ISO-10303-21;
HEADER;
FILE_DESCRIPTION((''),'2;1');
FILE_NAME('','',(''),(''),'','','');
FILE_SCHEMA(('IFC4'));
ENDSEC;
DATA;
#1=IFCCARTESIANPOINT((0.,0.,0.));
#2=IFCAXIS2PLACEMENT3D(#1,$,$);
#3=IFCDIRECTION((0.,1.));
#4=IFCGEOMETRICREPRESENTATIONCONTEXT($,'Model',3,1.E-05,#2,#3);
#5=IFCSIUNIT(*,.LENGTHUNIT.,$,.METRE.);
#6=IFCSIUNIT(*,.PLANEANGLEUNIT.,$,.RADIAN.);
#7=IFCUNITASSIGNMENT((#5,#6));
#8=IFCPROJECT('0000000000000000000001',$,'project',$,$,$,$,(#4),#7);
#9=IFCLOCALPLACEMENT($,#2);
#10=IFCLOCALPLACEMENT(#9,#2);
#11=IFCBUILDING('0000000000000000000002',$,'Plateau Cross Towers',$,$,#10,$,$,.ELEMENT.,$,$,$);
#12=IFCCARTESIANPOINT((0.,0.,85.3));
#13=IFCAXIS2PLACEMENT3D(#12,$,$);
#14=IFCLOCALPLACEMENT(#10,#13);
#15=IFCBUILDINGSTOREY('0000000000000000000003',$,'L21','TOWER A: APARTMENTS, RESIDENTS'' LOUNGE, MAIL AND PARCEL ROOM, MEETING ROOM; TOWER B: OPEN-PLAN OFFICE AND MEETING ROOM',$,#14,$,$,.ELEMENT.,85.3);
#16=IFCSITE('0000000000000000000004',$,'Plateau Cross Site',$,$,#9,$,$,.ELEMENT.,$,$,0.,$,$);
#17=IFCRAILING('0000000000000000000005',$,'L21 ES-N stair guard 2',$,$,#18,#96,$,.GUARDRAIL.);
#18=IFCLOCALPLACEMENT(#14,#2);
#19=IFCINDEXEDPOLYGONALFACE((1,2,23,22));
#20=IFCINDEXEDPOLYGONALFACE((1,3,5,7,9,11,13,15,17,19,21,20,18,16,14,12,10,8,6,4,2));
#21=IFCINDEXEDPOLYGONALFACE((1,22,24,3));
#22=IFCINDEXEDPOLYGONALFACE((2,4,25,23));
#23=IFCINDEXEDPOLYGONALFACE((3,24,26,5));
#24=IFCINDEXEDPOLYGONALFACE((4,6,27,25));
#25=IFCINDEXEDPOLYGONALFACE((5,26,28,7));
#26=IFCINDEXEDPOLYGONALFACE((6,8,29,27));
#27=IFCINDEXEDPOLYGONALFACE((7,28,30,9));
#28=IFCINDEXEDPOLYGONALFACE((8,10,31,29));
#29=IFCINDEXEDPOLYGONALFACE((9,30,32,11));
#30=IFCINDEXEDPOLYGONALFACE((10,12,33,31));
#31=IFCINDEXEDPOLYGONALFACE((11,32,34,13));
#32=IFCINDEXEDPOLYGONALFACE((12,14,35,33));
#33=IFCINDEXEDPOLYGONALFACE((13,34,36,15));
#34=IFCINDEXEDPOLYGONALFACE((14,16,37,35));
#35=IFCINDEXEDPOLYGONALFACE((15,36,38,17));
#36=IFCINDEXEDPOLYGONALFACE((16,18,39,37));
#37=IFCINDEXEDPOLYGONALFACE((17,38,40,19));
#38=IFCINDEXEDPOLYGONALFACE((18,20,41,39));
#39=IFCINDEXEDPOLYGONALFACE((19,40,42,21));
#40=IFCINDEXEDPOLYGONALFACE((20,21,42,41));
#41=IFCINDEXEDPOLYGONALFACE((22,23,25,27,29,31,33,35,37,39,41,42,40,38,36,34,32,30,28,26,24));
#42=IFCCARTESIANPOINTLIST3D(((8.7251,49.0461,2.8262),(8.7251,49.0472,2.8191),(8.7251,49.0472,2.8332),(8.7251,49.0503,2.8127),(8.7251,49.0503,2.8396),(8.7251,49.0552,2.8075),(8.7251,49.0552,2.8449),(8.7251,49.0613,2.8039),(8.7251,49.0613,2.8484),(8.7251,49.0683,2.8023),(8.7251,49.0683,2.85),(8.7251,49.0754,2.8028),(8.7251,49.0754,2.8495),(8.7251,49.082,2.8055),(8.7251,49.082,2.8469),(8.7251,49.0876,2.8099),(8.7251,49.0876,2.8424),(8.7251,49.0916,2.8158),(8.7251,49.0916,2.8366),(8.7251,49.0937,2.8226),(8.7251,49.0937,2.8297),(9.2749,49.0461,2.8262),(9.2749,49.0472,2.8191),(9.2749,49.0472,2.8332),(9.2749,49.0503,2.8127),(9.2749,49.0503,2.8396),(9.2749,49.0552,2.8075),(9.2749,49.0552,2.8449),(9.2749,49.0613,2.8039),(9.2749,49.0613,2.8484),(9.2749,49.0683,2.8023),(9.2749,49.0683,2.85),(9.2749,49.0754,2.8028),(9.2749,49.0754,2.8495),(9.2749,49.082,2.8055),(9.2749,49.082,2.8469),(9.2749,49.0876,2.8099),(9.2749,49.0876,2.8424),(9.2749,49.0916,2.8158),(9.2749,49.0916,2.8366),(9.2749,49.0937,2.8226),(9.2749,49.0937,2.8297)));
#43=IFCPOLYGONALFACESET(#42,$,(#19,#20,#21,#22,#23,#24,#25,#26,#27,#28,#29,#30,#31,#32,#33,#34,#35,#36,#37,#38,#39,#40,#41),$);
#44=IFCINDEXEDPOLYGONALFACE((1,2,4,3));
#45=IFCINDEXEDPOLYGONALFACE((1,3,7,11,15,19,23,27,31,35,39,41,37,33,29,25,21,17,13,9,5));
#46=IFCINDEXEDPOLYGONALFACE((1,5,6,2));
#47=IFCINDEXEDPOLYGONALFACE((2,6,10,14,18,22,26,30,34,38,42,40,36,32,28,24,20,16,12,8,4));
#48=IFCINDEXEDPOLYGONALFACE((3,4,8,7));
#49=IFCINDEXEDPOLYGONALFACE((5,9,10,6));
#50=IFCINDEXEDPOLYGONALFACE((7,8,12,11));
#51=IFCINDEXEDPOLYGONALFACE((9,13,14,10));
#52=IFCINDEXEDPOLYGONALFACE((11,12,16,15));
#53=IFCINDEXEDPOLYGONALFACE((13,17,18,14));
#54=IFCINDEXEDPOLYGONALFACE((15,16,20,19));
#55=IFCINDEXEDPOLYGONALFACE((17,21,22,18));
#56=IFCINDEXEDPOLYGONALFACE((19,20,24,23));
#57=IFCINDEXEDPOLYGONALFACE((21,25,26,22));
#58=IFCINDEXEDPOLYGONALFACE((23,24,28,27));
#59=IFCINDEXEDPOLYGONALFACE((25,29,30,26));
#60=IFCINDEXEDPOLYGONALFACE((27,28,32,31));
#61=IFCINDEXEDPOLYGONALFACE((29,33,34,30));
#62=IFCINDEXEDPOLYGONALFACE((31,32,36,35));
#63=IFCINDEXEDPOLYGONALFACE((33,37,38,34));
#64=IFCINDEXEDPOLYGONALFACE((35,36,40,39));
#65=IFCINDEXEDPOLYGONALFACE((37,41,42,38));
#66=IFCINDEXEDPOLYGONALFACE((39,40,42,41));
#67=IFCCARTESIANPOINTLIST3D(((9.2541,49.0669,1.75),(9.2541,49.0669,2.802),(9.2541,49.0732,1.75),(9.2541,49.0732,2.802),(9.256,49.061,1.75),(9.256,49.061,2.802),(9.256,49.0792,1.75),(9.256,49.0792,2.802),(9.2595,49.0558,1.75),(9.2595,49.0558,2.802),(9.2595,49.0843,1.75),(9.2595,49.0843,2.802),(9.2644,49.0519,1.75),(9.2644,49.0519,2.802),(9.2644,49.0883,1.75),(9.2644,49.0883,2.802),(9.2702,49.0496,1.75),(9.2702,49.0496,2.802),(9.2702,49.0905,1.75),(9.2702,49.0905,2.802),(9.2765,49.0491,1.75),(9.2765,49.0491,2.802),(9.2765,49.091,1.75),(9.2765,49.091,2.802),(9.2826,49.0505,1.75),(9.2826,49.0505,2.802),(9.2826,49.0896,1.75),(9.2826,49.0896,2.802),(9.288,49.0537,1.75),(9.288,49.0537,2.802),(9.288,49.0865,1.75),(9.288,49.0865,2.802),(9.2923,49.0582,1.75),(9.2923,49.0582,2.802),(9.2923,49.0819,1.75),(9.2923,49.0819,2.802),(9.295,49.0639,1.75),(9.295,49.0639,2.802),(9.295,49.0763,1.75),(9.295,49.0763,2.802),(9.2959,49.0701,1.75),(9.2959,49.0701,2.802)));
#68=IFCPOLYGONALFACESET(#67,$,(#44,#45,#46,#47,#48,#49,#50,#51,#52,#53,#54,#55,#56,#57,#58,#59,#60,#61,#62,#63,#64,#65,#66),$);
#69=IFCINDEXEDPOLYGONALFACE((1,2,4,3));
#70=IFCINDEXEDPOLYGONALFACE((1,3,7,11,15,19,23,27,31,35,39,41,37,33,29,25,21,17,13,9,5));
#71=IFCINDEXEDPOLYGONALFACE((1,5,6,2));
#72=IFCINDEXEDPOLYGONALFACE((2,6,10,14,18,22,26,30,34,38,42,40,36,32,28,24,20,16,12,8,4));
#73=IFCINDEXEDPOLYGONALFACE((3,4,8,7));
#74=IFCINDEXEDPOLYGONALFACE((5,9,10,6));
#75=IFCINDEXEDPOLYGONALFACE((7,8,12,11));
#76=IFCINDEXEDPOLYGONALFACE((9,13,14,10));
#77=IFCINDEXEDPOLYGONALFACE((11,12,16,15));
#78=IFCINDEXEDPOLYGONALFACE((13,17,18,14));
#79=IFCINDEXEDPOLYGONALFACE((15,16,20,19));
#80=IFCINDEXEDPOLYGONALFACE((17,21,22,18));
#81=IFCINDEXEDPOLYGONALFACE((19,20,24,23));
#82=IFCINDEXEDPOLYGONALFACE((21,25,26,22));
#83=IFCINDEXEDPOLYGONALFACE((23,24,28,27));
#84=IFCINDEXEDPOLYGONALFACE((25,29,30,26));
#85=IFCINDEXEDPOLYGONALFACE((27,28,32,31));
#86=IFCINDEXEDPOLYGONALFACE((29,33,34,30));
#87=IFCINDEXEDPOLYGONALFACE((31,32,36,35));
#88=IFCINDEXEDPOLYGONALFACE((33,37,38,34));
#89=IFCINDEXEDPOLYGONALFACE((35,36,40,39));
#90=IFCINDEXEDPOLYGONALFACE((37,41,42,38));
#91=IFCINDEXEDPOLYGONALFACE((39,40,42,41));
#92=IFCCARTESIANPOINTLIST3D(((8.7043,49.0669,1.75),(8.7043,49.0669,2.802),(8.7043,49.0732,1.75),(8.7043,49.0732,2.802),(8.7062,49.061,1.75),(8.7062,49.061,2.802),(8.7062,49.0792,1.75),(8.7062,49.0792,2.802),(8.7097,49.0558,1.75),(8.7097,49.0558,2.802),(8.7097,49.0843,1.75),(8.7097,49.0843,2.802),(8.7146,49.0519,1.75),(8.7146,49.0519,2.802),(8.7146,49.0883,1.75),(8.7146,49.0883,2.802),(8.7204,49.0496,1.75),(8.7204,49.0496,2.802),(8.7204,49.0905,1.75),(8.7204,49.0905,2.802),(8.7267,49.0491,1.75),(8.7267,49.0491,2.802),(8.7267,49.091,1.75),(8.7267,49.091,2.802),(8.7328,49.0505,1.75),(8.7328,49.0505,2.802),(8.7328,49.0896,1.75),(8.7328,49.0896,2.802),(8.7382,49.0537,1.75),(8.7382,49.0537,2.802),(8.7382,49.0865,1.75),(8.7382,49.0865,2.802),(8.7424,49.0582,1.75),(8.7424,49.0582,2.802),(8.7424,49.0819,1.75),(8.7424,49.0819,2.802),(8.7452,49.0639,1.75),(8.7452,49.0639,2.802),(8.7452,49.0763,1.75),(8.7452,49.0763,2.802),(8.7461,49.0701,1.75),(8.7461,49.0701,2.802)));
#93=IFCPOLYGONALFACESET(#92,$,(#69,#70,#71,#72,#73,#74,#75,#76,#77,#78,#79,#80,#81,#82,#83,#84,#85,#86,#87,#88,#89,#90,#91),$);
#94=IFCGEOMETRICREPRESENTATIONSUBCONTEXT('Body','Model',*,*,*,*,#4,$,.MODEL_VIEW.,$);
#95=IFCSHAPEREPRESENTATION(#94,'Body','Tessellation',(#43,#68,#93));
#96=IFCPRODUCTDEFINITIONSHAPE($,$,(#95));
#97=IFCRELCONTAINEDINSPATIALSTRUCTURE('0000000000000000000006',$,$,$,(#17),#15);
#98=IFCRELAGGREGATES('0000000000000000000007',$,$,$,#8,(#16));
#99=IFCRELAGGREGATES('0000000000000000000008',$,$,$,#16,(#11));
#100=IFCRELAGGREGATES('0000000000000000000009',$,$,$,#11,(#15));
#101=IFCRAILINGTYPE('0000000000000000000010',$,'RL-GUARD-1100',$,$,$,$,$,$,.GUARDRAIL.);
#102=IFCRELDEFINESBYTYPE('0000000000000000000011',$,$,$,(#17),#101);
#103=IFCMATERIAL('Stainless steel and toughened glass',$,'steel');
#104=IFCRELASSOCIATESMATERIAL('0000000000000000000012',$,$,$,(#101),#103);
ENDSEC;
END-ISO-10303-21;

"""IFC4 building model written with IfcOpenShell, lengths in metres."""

from ifc_helpers import new_model, si_unit, direction, frame, origin, origin_2d, place, context, subcontext, project, spatial, circle, extrude, material, type_object, element, save


model = new_model("IFC4")

# Units and contexts
model_context = context("Model", 3, precision=1e-05, world=origin(), true_north=direction((0.0, 1.0)))
body_context = subcontext(model_context, "Body", "Model", "MODEL_VIEW")
ifc_project = project(units=[si_unit("LENGTHUNIT", "METRE"), si_unit("PLANEANGLEUNIT", "RADIAN")], contexts=[model_context])

# Site, building, storey
site_placement = place(None, origin())
site = spatial("IfcSite", under=ifc_project, at=site_placement, Name="Plateau Cross Site", CompositionType="ELEMENT", RefElevation=0.0)
building_placement = place(site_placement, origin())
building = spatial("IfcBuilding", under=site, at=building_placement, Name="Plateau Cross Towers", CompositionType="ELEMENT")
storey_placement = place(building_placement, frame((0.0, 0.0, 85.3)))
storey = spatial("IfcBuildingStorey", under=building, at=storey_placement, Name="L21", Description="TOWER A: APARTMENTS, RESIDENTS' LOUNGE, MAIL AND PARCEL ROOM, MEETING ROOM; TOWER B: OPEN-PLAN OFFICE AND MEETING ROOM", CompositionType="ELEMENT", Elevation=85.3)

# Railing
ifc_material_1 = material(Name="Stainless steel and toughened glass", Category="steel")
railing_type_1 = type_object("IfcRailingType", Name="RL-GUARD-1100", PredefinedType="GUARDRAIL", material=ifc_material_1)
railing_1_placement = place(storey_placement, frame((9.2749, 49.0701, 1.75)))
element("IfcRailing", 1, at=railing_1_placement, inside=storey, type_object=railing_type_1, Name="L21 ES-N stair guard 2", PredefinedType="GUARDRAIL", context=body_context, shape_type="SweptSolid", body=[
    extrude(circle(Radius=0.0239, at=origin_2d()), frame((0.0, 0.0, 1.0762), z_axis=(-1.0, 0.0, 0.0), x_axis=(0.0, -1.0, 0.0)), (0.0, 0.0, 1.0), 0.5498),
    extrude(circle(Radius=0.021, at=origin_2d()), origin(), (0.0, 0.0, 1.0), 1.052),
    extrude(circle(Radius=0.021, at=origin_2d()), frame((-0.5498, 0.0, 0.0)), (0.0, 0.0, 1.0), 1.052),
])

save(model, "model.ifc")
